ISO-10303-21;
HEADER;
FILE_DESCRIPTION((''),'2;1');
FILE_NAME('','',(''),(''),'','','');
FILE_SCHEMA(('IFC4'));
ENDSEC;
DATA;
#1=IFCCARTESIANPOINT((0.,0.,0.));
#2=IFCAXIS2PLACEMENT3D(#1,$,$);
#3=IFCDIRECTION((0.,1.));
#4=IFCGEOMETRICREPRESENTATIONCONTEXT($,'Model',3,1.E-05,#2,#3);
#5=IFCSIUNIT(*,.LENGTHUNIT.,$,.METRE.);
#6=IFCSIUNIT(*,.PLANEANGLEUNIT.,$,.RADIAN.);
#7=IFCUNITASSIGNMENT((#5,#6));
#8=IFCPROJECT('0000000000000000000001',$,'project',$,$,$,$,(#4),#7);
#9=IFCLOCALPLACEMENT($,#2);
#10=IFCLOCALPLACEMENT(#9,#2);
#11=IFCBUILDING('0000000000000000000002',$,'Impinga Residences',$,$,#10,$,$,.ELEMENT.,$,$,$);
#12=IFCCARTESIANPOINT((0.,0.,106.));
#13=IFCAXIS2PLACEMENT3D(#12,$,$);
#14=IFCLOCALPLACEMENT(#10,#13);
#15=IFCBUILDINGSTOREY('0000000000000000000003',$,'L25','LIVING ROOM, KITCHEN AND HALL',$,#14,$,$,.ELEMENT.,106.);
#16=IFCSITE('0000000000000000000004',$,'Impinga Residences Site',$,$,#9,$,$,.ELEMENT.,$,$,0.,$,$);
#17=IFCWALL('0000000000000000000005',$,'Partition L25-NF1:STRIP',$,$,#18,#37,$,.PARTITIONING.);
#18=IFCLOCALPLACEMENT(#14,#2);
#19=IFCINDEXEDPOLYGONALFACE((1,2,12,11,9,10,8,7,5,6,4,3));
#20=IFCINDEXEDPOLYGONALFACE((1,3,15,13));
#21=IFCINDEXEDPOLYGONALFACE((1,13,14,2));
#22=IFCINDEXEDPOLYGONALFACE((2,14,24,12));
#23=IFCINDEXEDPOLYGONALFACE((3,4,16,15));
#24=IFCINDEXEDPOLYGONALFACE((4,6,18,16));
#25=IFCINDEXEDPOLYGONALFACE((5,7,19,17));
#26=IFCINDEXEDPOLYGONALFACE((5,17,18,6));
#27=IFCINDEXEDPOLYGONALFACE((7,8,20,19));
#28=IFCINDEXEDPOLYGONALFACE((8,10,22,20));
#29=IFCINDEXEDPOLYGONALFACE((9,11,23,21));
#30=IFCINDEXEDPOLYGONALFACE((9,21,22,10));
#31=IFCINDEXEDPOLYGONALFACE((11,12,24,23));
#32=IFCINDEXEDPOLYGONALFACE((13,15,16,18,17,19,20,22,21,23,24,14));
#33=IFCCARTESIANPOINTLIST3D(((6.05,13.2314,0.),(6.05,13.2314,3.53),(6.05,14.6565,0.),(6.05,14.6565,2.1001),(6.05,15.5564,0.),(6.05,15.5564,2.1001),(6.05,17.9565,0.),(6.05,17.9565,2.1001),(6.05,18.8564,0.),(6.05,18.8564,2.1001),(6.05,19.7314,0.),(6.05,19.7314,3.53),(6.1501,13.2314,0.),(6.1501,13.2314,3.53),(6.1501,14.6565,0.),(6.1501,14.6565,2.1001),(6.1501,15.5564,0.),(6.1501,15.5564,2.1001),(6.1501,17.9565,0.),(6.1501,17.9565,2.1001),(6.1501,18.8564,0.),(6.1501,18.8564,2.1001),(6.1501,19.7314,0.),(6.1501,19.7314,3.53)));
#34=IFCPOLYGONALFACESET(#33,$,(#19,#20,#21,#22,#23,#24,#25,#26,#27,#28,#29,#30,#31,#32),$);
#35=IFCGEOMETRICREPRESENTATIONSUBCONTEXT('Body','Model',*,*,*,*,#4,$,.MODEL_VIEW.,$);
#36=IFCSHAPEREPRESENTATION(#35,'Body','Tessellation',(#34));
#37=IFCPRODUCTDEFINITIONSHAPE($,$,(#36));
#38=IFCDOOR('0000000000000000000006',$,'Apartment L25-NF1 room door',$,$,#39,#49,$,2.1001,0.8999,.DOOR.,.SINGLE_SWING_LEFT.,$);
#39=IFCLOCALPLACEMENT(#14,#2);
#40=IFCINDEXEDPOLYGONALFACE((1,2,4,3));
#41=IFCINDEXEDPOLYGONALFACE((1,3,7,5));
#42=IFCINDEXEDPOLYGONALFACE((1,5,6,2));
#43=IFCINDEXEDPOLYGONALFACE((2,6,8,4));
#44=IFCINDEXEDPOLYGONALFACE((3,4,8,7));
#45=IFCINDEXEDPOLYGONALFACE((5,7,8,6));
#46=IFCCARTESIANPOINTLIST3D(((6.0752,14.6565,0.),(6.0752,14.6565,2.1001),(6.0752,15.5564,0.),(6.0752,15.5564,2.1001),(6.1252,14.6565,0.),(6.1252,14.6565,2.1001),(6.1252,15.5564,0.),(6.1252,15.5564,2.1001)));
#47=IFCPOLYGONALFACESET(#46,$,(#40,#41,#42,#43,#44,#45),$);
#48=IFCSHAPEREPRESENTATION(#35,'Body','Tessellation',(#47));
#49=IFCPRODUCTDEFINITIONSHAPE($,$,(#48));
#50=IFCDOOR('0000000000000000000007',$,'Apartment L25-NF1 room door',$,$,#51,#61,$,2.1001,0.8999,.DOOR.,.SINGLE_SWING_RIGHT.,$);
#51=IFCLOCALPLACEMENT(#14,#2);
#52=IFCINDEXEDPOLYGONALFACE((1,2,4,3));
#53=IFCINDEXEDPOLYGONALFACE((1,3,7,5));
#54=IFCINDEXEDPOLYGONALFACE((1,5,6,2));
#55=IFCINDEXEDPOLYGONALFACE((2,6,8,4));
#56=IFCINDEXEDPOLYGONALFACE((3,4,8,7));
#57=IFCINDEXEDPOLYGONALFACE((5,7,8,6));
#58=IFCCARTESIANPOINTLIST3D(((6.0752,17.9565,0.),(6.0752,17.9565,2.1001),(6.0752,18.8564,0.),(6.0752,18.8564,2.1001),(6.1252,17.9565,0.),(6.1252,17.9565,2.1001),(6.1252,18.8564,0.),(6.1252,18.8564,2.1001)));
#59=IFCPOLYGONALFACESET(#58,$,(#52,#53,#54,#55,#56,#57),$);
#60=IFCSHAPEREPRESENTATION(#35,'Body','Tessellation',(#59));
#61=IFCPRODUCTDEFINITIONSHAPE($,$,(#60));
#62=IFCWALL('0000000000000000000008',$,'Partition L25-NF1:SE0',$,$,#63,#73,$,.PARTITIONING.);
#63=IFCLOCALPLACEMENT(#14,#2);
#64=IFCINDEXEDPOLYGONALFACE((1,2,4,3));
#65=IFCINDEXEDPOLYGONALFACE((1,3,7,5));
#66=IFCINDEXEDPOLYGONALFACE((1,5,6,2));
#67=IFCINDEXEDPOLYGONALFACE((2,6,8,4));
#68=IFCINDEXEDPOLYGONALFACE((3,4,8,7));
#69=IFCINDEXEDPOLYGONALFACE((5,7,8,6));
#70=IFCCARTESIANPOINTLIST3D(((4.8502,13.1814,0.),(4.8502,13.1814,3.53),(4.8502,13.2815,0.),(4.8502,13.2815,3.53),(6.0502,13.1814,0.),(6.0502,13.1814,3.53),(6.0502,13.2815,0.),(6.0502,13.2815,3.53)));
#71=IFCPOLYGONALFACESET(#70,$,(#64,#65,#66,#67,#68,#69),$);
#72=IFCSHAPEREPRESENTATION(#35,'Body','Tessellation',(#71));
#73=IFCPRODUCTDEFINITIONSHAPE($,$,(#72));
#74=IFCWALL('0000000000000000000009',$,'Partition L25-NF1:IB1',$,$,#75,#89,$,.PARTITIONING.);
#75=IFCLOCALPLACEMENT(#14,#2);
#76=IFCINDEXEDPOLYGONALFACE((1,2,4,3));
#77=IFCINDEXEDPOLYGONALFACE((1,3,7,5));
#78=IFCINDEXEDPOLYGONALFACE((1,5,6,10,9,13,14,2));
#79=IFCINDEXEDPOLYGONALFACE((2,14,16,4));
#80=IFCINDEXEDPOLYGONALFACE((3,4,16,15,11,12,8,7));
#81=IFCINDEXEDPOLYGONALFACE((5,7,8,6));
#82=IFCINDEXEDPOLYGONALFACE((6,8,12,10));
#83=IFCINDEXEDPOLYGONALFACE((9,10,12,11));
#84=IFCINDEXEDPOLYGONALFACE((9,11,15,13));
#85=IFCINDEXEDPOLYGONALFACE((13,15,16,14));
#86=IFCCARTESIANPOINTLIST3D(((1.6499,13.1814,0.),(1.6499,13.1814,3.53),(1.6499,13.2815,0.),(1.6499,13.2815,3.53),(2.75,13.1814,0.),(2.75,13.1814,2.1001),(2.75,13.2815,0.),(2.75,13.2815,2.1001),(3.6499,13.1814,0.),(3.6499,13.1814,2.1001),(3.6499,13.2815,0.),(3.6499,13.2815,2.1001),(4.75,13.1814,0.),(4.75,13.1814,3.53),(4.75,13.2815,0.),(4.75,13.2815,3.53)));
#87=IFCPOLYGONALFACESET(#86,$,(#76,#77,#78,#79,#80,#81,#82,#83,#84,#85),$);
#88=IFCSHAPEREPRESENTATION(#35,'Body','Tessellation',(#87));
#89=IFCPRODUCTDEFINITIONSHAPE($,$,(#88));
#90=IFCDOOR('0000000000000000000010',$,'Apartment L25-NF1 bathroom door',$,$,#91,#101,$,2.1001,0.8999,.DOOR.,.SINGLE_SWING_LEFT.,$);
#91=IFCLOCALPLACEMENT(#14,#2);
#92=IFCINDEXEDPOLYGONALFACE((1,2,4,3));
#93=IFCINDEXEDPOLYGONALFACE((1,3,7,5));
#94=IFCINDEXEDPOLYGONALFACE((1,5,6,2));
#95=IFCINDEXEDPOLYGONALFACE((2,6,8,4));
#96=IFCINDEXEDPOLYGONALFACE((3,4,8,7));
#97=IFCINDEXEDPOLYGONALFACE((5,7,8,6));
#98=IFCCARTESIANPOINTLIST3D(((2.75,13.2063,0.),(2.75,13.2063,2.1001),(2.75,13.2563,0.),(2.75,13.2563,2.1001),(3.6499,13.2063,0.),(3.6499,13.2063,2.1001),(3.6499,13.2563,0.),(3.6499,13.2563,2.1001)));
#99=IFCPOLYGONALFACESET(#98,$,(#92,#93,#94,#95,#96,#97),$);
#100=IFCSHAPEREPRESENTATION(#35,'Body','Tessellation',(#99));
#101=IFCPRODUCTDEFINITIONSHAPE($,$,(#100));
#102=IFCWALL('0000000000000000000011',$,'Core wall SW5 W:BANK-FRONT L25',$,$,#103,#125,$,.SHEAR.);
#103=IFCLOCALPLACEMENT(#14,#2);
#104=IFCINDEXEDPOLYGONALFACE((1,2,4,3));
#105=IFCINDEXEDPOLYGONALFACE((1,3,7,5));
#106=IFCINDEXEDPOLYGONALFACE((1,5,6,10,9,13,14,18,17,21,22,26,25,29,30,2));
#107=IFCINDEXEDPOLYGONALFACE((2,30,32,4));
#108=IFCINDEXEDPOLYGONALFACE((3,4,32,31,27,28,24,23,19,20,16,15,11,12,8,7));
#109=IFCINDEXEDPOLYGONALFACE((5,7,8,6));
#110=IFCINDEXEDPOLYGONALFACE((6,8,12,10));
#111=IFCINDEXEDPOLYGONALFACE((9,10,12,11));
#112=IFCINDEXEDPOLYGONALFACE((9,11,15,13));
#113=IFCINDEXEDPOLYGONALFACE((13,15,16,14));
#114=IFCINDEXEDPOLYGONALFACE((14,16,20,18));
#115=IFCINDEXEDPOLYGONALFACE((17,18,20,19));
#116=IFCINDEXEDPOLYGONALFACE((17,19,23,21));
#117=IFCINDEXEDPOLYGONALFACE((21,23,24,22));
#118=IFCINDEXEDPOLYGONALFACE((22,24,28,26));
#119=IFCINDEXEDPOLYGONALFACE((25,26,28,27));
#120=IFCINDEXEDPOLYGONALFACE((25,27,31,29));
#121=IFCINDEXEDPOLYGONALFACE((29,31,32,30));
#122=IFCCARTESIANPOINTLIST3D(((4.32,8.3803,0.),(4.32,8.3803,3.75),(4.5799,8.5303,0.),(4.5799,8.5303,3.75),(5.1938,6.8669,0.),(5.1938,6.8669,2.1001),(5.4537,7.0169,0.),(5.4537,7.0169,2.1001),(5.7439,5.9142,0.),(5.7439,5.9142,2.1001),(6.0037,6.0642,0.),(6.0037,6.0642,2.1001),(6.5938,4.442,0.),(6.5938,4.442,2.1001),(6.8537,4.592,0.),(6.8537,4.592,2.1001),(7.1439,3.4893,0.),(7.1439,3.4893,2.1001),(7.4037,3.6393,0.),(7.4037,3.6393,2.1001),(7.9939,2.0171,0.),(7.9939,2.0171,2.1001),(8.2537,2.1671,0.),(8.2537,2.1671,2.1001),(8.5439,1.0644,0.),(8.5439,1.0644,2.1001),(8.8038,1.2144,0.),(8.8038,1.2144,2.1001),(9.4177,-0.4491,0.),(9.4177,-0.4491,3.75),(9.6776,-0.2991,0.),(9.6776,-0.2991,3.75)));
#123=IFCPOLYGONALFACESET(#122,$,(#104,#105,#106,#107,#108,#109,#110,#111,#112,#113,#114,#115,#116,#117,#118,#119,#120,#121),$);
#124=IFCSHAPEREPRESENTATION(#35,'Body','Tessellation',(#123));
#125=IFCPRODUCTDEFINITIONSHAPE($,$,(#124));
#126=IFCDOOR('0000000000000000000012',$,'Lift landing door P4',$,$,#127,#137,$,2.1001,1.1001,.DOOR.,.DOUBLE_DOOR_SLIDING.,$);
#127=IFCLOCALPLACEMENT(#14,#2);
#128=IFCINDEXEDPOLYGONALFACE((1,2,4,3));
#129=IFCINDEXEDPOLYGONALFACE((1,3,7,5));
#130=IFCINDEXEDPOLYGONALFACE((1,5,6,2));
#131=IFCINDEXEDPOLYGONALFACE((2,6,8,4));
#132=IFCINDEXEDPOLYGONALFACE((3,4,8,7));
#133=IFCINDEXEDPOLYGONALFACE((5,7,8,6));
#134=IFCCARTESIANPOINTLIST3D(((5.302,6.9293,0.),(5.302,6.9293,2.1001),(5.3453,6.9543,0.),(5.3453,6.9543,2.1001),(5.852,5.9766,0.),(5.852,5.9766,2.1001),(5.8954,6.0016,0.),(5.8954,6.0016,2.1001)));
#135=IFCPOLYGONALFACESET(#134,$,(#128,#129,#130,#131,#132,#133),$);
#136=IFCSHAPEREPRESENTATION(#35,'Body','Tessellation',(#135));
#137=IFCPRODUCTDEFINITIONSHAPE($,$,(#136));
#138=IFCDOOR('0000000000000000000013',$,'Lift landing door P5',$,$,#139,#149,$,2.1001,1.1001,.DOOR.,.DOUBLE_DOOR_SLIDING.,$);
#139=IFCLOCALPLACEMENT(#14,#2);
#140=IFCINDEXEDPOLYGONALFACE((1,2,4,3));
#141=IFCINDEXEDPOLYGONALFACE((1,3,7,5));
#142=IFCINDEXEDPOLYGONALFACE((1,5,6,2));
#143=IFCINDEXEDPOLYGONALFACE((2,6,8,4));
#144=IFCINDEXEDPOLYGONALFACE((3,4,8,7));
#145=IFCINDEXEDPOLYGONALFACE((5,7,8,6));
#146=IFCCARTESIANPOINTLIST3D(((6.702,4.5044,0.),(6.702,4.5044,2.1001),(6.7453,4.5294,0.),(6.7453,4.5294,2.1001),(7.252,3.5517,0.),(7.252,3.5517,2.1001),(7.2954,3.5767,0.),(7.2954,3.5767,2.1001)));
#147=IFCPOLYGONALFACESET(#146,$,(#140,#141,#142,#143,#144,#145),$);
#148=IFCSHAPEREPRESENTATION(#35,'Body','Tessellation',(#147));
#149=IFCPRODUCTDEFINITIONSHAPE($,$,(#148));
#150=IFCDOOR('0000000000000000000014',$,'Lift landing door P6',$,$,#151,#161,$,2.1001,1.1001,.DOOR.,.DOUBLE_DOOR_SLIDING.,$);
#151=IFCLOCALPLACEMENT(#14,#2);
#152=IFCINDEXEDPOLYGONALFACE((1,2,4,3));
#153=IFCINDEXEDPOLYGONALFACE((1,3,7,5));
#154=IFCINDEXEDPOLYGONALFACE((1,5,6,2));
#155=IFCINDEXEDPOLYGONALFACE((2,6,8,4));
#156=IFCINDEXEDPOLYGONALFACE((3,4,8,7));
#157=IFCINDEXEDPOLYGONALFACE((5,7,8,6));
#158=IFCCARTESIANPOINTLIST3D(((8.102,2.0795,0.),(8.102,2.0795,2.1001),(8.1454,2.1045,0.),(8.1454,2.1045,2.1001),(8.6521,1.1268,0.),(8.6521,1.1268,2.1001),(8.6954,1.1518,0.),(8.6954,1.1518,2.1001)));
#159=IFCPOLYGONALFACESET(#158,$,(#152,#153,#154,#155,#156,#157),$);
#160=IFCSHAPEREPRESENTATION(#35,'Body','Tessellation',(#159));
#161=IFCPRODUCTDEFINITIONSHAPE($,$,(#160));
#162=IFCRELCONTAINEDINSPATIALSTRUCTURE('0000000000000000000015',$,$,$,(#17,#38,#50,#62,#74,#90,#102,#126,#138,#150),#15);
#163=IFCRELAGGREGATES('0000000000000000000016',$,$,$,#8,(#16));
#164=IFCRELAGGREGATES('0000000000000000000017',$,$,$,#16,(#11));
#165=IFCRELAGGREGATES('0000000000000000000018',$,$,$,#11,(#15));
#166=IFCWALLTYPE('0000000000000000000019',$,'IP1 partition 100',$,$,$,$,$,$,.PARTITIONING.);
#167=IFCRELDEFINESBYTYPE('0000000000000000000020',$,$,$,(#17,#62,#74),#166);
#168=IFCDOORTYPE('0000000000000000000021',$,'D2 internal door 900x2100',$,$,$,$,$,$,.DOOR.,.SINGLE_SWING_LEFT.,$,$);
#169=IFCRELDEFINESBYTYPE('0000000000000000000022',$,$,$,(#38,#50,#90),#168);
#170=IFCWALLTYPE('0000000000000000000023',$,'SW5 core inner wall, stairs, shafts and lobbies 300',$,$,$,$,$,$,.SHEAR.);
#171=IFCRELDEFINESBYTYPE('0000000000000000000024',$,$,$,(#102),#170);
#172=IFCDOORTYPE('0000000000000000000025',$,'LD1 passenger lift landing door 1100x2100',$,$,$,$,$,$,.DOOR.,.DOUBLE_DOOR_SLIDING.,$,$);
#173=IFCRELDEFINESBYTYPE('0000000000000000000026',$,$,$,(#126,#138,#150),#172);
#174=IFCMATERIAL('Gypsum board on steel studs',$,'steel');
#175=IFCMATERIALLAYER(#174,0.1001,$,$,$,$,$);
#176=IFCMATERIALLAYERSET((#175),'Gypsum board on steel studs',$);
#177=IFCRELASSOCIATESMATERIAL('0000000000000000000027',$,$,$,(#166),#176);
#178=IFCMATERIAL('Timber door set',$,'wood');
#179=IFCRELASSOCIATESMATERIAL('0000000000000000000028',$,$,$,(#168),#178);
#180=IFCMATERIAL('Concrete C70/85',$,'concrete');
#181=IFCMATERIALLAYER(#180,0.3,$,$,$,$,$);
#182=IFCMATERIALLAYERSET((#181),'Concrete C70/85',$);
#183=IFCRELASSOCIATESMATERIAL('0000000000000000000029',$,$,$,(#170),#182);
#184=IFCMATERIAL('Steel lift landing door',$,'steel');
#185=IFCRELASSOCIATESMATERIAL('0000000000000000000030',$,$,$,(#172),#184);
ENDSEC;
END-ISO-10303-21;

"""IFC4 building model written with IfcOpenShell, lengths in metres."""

from ifc_helpers import new_model, si_unit, direction, frame, frame_2d, origin, place, context, subcontext, project, spatial, rectangle, extrude, material, layer, layer_set, type_object, element, fill, save


model = new_model("IFC4")

# Units and contexts
model_context = context("Model", 3, precision=1e-05, world=origin(), true_north=direction((0.0, 1.0)))
body_context = subcontext(model_context, "Body", "Model", "MODEL_VIEW")
ifc_project = project(units=[si_unit("LENGTHUNIT", "METRE"), si_unit("PLANEANGLEUNIT", "RADIAN")], contexts=[model_context])

# Site, building, storey
site_placement = place(None, origin())
site = spatial("IfcSite", under=ifc_project, at=site_placement, Name="Impinga Residences Site", CompositionType="ELEMENT", RefElevation=0.0)
building_placement = place(site_placement, origin())
building = spatial("IfcBuilding", under=site, at=building_placement, Name="Impinga Residences", CompositionType="ELEMENT")
storey_placement = place(building_placement, frame((0.0, 0.0, 106.0)))
storey = spatial("IfcBuildingStorey", under=building, at=storey_placement, Name="L25", Description="LIVING ROOM, KITCHEN AND HALL", CompositionType="ELEMENT", Elevation=106.0)

# Shared definitions
ifc_material_1 = material(Name="Timber door set", Category="wood")

# Shared definitions
ifc_material_2 = material(Name="Gypsum board on steel studs", Category="steel")
ifc_layer_1 = layer(ifc_material_2, 0.1001)
ifc_layer_set_1 = layer_set([ifc_layer_1], Name="Gypsum board on steel studs")
wall_type_1 = type_object("IfcWallType", Name="IP1 partition 100", PredefinedType="PARTITIONING", material=ifc_layer_set_1)

# Wall, openings, doors
wall_1_placement = place(storey_placement, frame((6.1001, 13.2314, 0.0), z_axis=(0.0, 0.0, 1.0), x_axis=(0.0, 1.0, 0.0)))
wall_1 = element("IfcWall", 1, at=wall_1_placement, inside=storey, type_object=wall_type_1, Name="Partition L25-NF1:STRIP", PredefinedType="PARTITIONING", context=body_context, shape_type="SweptSolid", body=[
    extrude(rectangle(XDim=6.5, YDim=0.1001, at=frame_2d((3.25, 0.0))), origin(), (0.0, 0.0, 1.0), 3.53),
])
opening_1_placement = place(wall_1_placement, frame((1.425, 0.0, 0.0)))
opening_1 = element("IfcOpeningElement", 2, at=opening_1_placement, cuts=wall_1, PredefinedType="OPENING", context=body_context, shape_type="SweptSolid", body=[
    extrude(rectangle(XDim=0.8999, YDim=2.1001, at=frame_2d((0.45, 1.05))), frame((0.0, 0.0601, 0.0), z_axis=(0.0, -1.0, 0.0), x_axis=(1.0, 0.0, 0.0)), (0.0, 0.0, 1.0), 0.1201),
])
opening_2_placement = place(wall_1_placement, frame((4.7251, 0.0, 0.0)))
opening_2 = element("IfcOpeningElement", 3, at=opening_2_placement, cuts=wall_1, PredefinedType="OPENING", context=body_context, shape_type="SweptSolid", body=[
    extrude(rectangle(XDim=0.8999, YDim=2.1001, at=frame_2d((0.45, 1.05))), frame((0.0, 0.0601, 0.0), z_axis=(0.0, -1.0, 0.0), x_axis=(1.0, 0.0, 0.0)), (0.0, 0.0, 1.0), 0.1201),
])
door_type_1 = type_object("IfcDoorType", Name="D2 internal door 900x2100", OperationType="SINGLE_SWING_LEFT", PredefinedType="DOOR", material=ifc_material_1)
door_1_placement = place(opening_1_placement, origin())
door_1 = element("IfcDoor", 4, at=door_1_placement, inside=storey, type_object=door_type_1, Name="Apartment L25-NF1 room door", OperationType="SINGLE_SWING_LEFT", OverallHeight=2.1001, OverallWidth=0.8999, PredefinedType="DOOR", context=body_context, shape_type="SweptSolid", body=[
    extrude(rectangle(XDim=0.8999, YDim=2.1001, at=frame_2d((0.45, 1.05))), frame((0.0, 0.0249, 0.0), z_axis=(0.0, -1.0, 0.0), x_axis=(1.0, 0.0, 0.0)), (0.0, 0.0, 1.0), 0.05),
])
fill(opening_1, door_1)
door_2_placement = place(opening_2_placement, origin())
door_2 = element("IfcDoor", 5, at=door_2_placement, inside=storey, type_object=door_type_1, Name="Apartment L25-NF1 room door", OperationType="SINGLE_SWING_RIGHT", OverallHeight=2.1001, OverallWidth=0.8999, PredefinedType="DOOR", context=body_context, shape_type="SweptSolid", body=[
    extrude(rectangle(XDim=0.8999, YDim=2.1001, at=frame_2d((0.45, 1.05))), frame((0.0, 0.0249, 0.0), z_axis=(0.0, -1.0, 0.0), x_axis=(1.0, 0.0, 0.0)), (0.0, 0.0, 1.0), 0.05),
])
fill(opening_2, door_2)

# Wall
wall_2_placement = place(storey_placement, frame((4.8501, 13.2314, 0.0), z_axis=(0.0, 0.0, 1.0), x_axis=(1.0, 0.0, 0.0)))
element("IfcWall", 6, at=wall_2_placement, inside=storey, type_object=wall_type_1, Name="Partition L25-NF1:SE0", PredefinedType="PARTITIONING", context=body_context, shape_type="SweptSolid", body=[
    extrude(rectangle(XDim=1.2, YDim=0.1001, at=frame_2d((0.6001, 0.0))), origin(), (0.0, 0.0, 1.0), 3.53),
])

# Wall, opening, door
wall_3_placement = place(storey_placement, frame((1.6499, 13.2314, 0.0), z_axis=(0.0, 0.0, 1.0), x_axis=(1.0, 0.0, 0.0)))
wall_3 = element("IfcWall", 7, at=wall_3_placement, inside=storey, type_object=wall_type_1, Name="Partition L25-NF1:IB1", PredefinedType="PARTITIONING", context=body_context, shape_type="SweptSolid", body=[
    extrude(rectangle(XDim=3.1001, YDim=0.1001, at=frame_2d((1.55, 0.0))), origin(), (0.0, 0.0, 1.0), 3.53),
])
opening_3_placement = place(wall_3_placement, frame((1.1001, 0.0, 0.0)))
opening_3 = element("IfcOpeningElement", 8, at=opening_3_placement, cuts=wall_3, PredefinedType="OPENING", context=body_context, shape_type="SweptSolid", body=[
    extrude(rectangle(XDim=0.8999, YDim=2.1001, at=frame_2d((0.45, 1.05))), frame((0.0, 0.0601, 0.0), z_axis=(0.0, -1.0, 0.0), x_axis=(1.0, 0.0, 0.0)), (0.0, 0.0, 1.0), 0.1201),
])
door_3_placement = place(opening_3_placement, origin())
door_3 = element("IfcDoor", 9, at=door_3_placement, inside=storey, type_object=door_type_1, Name="Apartment L25-NF1 bathroom door", OperationType="SINGLE_SWING_LEFT", OverallHeight=2.1001, OverallWidth=0.8999, PredefinedType="DOOR", context=body_context, shape_type="SweptSolid", body=[
    extrude(rectangle(XDim=0.8999, YDim=2.1001, at=frame_2d((0.45, 1.05))), frame((0.0, 0.0249, 0.0), z_axis=(0.0, -1.0, 0.0), x_axis=(1.0, 0.0, 0.0)), (0.0, 0.0, 1.0), 0.05),
])
fill(opening_3, door_3)

# Wall, openings, doors
ifc_material_3 = material(Name="Concrete C70/85", Category="concrete")
ifc_layer_2 = layer(ifc_material_3, 0.3)
ifc_layer_set_2 = layer_set([ifc_layer_2], Name="Concrete C70/85")
wall_type_2 = type_object("IfcWallType", Name="SW5 core inner wall, stairs, shafts and lobbies 300", PredefinedType="SHEAR", material=ifc_layer_set_2)
wall_4_placement = place(storey_placement, frame((4.45, 8.4553, 0.0), z_axis=(0.0, 0.0, 1.0), x_axis=(0.500002, -0.866024, 0.0)))
wall_4 = element("IfcWall", 10, at=wall_4_placement, inside=storey, type_object=wall_type_2, Name="Core wall SW5 W:BANK-FRONT L25", PredefinedType="SHEAR", context=body_context, shape_type="SweptSolid", body=[
    extrude(rectangle(XDim=10.1953, YDim=0.3, at=frame_2d((5.0977, 0.0))), origin(), (0.0, 0.0, 1.0), 3.75),
])
opening_4_placement = place(wall_4_placement, frame((1.7476, 0.0, 0.0)))
opening_4 = element("IfcOpeningElement", 11, at=opening_4_placement, cuts=wall_4, PredefinedType="OPENING", context=body_context, shape_type="SweptSolid", body=[
    extrude(rectangle(XDim=1.1001, YDim=2.1001, at=frame_2d((0.55, 1.05))), frame((0.0, 0.1599, 0.0), z_axis=(0.0, -1.0, 0.0), x_axis=(1.0, 0.0, 0.0)), (0.0, 0.0, 1.0), 0.3201),
])
opening_5_placement = place(wall_4_placement, frame((4.5476, 0.0, 0.0)))
opening_5 = element("IfcOpeningElement", 12, at=opening_5_placement, cuts=wall_4, PredefinedType="OPENING", context=body_context, shape_type="SweptSolid", body=[
    extrude(rectangle(XDim=1.1001, YDim=2.1001, at=frame_2d((0.55, 1.05))), frame((0.0, 0.1599, 0.0), z_axis=(0.0, -1.0, 0.0), x_axis=(1.0, 0.0, 0.0)), (0.0, 0.0, 1.0), 0.3201),
])
opening_6_placement = place(wall_4_placement, frame((7.3477, 0.0, 0.0)))
opening_6 = element("IfcOpeningElement", 13, at=opening_6_placement, cuts=wall_4, PredefinedType="OPENING", context=body_context, shape_type="SweptSolid", body=[
    extrude(rectangle(XDim=1.1001, YDim=2.1001, at=frame_2d((0.55, 1.05))), frame((0.0, 0.1599, 0.0), z_axis=(0.0, -1.0, 0.0), x_axis=(1.0, 0.0, 0.0)), (0.0, 0.0, 1.0), 0.3201),
])
ifc_material_4 = material(Name="Steel lift landing door", Category="steel")
door_type_2 = type_object("IfcDoorType", Name="LD1 passenger lift landing door 1100x2100", OperationType="DOUBLE_DOOR_SLIDING", PredefinedType="DOOR", material=ifc_material_4)
door_4_placement = place(opening_4_placement, origin())
door_4 = element("IfcDoor", 14, at=door_4_placement, inside=storey, type_object=door_type_2, Name="Lift landing door P4", OperationType="DOUBLE_DOOR_SLIDING", OverallHeight=2.1001, OverallWidth=1.1001, PredefinedType="DOOR", context=body_context, shape_type="SweptSolid", body=[
    extrude(rectangle(XDim=1.1001, YDim=2.1001, at=frame_2d((0.55, 1.05))), frame((0.0, 0.0249, 0.0), z_axis=(0.0, -1.0, 0.0), x_axis=(1.0, 0.0, 0.0)), (0.0, 0.0, 1.0), 0.05),
])
fill(opening_4, door_4)
door_5_placement = place(opening_5_placement, origin())
door_5 = element("IfcDoor", 15, at=door_5_placement, inside=storey, type_object=door_type_2, Name="Lift landing door P5", OperationType="DOUBLE_DOOR_SLIDING", OverallHeight=2.1001, OverallWidth=1.1001, PredefinedType="DOOR", context=body_context, shape_type="SweptSolid", body=[
    extrude(rectangle(XDim=1.1001, YDim=2.1001, at=frame_2d((0.55, 1.05))), frame((0.0, 0.0249, 0.0), z_axis=(0.0, -1.0, 0.0), x_axis=(1.0, 0.0, 0.0)), (0.0, 0.0, 1.0), 0.05),
])
fill(opening_5, door_5)
door_6_placement = place(opening_6_placement, origin())
door_6 = element("IfcDoor", 16, at=door_6_placement, inside=storey, type_object=door_type_2, Name="Lift landing door P6", OperationType="DOUBLE_DOOR_SLIDING", OverallHeight=2.1001, OverallWidth=1.1001, PredefinedType="DOOR", context=body_context, shape_type="SweptSolid", body=[
    extrude(rectangle(XDim=1.1001, YDim=2.1001, at=frame_2d((0.55, 1.05))), frame((0.0, 0.0249, 0.0), z_axis=(0.0, -1.0, 0.0), x_axis=(1.0, 0.0, 0.0)), (0.0, 0.0, 1.0), 0.05),
])
fill(opening_6, door_6)

save(model, "model.ifc")
